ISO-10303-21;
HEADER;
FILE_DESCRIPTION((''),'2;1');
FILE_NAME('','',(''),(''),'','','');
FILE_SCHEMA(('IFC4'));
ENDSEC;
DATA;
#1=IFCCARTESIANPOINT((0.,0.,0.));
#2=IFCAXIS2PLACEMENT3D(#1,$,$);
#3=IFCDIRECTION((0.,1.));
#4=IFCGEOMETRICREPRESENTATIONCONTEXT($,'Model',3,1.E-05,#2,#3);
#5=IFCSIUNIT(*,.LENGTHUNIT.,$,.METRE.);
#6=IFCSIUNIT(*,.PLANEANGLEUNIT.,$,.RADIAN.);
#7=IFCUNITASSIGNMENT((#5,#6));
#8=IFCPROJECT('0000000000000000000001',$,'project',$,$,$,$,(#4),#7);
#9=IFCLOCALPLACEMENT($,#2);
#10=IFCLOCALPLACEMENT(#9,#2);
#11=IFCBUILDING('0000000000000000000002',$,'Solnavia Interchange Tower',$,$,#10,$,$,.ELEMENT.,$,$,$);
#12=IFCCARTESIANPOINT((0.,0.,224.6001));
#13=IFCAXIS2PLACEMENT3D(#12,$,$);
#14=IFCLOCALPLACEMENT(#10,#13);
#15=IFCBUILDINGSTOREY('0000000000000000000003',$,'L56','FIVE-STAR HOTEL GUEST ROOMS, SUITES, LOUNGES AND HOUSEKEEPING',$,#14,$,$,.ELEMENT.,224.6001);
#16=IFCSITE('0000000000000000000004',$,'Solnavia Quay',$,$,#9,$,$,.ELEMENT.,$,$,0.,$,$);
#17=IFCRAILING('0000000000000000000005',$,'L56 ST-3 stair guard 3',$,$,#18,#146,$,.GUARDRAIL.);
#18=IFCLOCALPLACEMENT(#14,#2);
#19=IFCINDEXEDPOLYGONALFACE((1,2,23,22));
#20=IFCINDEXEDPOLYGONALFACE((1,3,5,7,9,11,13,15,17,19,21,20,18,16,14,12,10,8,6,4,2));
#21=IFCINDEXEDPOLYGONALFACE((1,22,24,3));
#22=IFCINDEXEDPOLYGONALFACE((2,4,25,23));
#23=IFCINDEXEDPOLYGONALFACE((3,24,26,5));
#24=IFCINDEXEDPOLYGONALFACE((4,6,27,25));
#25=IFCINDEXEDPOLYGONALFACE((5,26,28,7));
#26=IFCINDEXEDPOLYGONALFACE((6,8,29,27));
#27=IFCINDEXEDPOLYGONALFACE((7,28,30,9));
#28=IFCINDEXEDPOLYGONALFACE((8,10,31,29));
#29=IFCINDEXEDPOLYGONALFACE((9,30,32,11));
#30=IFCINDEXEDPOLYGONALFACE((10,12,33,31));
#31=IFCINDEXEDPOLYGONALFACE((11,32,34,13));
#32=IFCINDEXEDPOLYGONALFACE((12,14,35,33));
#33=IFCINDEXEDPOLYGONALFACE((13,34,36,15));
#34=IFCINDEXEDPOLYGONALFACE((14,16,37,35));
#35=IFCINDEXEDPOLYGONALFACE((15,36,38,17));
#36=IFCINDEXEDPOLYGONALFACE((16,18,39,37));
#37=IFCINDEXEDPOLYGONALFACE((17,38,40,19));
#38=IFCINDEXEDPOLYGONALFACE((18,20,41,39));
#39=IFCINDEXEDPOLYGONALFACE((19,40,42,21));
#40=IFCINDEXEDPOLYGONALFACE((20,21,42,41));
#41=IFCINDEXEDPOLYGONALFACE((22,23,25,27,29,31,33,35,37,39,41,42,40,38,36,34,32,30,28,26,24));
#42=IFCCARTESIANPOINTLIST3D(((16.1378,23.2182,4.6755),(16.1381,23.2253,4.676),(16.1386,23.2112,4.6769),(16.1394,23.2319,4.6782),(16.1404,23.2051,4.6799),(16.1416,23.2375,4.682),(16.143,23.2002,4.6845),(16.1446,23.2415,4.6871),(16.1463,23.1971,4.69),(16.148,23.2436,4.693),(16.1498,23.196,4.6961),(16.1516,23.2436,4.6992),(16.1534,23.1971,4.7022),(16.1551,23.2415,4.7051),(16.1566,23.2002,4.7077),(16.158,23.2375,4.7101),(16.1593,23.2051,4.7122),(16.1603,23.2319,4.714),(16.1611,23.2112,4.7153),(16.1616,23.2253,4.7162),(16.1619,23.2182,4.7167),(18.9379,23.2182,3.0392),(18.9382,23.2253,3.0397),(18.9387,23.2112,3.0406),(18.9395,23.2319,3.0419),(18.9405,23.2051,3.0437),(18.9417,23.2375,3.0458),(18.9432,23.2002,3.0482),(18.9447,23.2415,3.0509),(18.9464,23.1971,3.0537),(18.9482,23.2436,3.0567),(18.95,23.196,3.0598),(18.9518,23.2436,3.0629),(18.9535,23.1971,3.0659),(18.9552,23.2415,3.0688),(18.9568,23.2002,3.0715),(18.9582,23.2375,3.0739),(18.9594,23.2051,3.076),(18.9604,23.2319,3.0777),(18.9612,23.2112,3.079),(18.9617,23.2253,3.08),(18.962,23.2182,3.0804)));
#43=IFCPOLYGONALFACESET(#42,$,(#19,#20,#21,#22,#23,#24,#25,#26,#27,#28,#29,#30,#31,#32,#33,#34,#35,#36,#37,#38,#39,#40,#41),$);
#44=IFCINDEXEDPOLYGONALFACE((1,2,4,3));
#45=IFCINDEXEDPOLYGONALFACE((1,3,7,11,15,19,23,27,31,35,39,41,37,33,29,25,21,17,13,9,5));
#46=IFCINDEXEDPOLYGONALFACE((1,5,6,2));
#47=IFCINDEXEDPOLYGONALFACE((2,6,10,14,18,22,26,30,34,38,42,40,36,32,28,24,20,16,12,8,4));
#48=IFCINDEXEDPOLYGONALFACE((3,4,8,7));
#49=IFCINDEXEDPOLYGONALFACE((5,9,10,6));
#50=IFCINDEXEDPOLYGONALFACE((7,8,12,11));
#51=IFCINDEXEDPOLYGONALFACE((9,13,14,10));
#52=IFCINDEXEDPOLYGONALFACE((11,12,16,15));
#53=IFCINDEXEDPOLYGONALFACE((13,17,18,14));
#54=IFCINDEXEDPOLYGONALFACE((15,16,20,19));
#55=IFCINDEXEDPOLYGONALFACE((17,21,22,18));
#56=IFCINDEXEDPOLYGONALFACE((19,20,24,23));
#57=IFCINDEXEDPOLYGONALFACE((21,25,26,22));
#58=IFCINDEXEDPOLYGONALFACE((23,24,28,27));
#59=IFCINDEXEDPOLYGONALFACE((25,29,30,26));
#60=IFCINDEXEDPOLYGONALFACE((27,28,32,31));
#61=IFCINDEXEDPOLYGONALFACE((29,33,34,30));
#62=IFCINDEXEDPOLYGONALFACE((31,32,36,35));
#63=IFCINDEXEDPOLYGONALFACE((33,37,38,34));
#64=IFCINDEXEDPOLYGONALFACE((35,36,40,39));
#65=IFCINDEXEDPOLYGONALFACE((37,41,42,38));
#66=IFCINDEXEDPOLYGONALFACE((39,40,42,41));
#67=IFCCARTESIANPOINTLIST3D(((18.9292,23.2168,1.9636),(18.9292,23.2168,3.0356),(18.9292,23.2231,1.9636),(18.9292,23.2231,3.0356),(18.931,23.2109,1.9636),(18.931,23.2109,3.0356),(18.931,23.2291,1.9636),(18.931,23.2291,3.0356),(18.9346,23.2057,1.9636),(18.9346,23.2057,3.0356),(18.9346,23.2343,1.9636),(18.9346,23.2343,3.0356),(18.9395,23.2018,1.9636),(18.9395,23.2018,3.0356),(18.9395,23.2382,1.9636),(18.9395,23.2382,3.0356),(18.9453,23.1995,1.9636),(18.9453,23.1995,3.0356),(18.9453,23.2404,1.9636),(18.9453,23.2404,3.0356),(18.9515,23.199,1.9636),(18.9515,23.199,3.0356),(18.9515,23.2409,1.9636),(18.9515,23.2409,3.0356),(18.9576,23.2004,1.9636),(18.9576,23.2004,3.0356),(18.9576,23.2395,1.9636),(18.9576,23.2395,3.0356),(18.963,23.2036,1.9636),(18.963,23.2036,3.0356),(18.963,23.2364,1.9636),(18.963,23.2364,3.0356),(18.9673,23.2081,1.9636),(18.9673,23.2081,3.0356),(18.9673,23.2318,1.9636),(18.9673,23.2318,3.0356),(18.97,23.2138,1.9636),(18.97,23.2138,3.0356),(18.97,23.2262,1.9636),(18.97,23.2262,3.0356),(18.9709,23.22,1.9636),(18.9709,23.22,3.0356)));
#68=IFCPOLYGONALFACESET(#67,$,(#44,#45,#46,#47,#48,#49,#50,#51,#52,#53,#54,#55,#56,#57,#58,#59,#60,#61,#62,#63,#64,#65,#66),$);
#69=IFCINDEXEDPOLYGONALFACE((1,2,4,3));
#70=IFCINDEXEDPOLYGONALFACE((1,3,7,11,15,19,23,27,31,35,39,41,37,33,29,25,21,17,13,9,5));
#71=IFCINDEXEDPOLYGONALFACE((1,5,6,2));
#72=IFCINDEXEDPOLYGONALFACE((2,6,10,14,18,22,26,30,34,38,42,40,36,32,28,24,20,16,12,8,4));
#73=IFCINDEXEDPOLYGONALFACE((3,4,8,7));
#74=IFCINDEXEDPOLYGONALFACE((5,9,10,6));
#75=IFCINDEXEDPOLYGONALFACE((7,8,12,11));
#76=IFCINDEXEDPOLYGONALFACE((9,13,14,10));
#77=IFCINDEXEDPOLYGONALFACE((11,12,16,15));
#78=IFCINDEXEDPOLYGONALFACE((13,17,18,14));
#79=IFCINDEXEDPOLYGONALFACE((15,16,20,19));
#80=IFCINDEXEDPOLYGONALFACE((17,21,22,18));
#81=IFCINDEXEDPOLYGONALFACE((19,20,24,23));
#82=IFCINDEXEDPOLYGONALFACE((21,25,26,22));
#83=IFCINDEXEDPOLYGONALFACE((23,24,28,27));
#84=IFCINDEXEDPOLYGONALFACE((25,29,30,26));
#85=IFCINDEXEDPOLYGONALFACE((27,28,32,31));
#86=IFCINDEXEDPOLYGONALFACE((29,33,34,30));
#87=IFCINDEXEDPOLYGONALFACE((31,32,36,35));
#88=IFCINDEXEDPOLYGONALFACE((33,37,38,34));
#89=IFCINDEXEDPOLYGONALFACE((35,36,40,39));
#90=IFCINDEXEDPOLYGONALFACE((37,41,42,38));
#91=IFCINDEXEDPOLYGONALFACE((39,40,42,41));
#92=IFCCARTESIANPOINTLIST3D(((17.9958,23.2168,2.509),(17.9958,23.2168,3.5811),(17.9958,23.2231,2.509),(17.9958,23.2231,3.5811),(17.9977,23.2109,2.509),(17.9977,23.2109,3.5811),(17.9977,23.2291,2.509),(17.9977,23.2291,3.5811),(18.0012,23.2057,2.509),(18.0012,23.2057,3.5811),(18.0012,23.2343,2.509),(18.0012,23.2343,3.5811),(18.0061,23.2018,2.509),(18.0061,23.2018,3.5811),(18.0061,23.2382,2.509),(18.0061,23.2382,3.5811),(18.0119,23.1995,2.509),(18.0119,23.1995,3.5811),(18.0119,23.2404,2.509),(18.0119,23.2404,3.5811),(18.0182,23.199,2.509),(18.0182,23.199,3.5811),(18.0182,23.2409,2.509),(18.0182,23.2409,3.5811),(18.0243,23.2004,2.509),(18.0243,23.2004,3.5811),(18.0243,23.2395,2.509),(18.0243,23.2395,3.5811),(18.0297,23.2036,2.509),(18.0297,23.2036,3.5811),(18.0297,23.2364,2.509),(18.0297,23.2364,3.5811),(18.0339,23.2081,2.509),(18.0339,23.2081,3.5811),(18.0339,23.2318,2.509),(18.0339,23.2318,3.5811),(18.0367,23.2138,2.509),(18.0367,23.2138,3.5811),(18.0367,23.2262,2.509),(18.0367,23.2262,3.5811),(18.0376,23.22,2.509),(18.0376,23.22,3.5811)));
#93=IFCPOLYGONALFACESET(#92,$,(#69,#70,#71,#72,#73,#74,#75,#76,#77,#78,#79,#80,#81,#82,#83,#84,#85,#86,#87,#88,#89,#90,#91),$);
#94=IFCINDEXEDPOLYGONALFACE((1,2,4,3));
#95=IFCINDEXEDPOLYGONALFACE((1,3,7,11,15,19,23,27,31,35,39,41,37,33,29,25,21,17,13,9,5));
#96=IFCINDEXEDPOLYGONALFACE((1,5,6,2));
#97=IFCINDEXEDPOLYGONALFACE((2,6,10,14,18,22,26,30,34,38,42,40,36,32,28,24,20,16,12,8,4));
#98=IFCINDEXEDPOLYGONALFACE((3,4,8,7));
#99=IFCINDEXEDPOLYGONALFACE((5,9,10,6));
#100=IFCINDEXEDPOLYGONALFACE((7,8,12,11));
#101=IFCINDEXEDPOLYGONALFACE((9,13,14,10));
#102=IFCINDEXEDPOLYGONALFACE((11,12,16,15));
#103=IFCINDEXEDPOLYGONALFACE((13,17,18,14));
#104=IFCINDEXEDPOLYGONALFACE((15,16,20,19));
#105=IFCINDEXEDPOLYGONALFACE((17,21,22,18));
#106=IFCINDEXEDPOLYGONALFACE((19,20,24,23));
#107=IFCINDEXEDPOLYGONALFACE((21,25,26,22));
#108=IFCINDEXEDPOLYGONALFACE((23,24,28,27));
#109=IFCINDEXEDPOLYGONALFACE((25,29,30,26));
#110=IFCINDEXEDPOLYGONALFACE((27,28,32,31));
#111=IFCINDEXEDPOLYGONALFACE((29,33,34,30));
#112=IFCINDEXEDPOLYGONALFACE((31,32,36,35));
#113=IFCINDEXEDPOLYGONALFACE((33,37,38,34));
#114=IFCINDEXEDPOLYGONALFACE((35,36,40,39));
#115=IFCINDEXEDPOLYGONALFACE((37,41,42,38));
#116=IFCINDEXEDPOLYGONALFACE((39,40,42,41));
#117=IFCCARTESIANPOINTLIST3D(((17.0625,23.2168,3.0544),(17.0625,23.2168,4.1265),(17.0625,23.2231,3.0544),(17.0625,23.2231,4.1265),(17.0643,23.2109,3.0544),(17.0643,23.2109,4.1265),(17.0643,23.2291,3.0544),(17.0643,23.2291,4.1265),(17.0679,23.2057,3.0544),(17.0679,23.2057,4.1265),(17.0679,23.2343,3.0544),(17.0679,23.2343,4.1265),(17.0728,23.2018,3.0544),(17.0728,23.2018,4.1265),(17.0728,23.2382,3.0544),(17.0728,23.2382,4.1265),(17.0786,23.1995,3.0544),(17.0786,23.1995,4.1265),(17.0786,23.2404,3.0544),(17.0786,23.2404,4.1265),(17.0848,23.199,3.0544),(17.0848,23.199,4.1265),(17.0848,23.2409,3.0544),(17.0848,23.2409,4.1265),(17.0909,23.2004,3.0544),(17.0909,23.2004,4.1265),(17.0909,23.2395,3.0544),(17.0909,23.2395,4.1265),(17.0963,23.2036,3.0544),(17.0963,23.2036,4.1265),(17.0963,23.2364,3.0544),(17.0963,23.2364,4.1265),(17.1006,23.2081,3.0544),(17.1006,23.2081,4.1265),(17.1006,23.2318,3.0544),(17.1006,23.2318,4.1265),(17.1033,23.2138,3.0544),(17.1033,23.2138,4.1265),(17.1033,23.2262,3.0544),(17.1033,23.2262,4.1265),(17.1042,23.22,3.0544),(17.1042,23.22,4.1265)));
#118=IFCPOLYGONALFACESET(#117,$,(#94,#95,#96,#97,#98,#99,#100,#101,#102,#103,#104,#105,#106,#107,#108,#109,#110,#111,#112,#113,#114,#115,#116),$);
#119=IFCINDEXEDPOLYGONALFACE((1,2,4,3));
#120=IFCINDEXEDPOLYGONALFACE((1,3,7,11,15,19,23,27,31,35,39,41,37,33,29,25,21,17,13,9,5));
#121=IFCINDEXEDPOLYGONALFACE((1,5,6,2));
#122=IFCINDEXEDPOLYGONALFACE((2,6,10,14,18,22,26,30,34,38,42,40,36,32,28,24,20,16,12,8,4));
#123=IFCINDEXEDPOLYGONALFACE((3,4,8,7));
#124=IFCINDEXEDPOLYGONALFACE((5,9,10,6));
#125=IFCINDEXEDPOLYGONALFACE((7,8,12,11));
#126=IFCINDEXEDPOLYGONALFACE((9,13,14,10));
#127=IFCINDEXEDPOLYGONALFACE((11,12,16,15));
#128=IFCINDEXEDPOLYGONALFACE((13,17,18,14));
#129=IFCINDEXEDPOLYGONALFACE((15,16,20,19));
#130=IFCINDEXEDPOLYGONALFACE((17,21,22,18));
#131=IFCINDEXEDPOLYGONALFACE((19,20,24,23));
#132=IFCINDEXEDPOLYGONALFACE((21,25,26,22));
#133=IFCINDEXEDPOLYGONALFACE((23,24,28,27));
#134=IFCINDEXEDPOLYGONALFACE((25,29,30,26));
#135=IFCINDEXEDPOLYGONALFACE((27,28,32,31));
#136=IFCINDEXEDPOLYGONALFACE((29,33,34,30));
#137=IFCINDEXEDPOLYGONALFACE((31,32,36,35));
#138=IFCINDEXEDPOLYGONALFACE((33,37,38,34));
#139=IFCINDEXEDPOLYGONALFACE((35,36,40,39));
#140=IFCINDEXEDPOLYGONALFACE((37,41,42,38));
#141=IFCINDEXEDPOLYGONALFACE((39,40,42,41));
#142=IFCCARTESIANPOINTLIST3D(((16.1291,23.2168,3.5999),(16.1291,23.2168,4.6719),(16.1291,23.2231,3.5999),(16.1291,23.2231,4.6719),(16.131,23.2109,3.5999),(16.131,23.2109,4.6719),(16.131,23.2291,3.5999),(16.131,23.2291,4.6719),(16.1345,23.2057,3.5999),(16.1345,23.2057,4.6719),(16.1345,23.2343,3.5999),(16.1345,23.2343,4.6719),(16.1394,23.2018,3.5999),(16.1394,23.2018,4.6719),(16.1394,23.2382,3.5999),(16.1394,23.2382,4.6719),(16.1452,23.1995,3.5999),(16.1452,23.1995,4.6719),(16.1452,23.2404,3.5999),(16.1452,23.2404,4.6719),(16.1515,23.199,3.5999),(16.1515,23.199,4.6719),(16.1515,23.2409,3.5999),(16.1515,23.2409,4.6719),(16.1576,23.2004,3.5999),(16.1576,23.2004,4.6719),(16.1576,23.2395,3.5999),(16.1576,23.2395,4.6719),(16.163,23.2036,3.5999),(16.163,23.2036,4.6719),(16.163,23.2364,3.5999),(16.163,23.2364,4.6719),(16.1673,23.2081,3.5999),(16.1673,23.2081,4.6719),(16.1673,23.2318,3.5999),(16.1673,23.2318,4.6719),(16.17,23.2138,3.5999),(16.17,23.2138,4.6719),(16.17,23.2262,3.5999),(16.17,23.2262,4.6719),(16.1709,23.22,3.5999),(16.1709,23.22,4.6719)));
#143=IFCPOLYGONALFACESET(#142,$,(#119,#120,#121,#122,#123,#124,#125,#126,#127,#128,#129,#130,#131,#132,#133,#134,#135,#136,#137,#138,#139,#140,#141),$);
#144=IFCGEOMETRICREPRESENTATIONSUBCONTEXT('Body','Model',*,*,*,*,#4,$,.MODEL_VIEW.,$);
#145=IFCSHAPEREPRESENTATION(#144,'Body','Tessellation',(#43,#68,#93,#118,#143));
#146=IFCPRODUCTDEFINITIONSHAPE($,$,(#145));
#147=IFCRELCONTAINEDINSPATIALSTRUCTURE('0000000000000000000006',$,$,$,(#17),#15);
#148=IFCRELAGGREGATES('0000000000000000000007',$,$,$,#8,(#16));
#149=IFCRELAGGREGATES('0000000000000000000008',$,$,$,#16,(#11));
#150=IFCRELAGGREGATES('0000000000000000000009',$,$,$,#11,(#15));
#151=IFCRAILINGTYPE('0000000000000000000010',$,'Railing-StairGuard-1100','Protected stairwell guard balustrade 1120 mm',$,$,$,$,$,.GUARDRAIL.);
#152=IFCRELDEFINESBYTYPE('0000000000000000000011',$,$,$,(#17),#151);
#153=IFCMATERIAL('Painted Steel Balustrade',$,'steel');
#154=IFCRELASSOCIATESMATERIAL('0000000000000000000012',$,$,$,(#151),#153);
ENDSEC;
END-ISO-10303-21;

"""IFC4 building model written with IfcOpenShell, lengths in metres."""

from ifc_helpers import new_model, si_unit, direction, frame, origin, origin_2d, place, context, subcontext, project, spatial, circle, extrude, material, type_object, element, save


model = new_model("IFC4")

# Units and contexts
model_context = context("Model", 3, precision=1e-05, world=origin(), true_north=direction((0.0, 1.0)))
body_context = subcontext(model_context, "Body", "Model", "MODEL_VIEW")
ifc_project = project(units=[si_unit("LENGTHUNIT", "METRE"), si_unit("PLANEANGLEUNIT", "RADIAN")], contexts=[model_context])

# Site, building, storey
site_placement = place(None, origin())
site = spatial("IfcSite", under=ifc_project, at=site_placement, Name="Solnavia Quay", CompositionType="ELEMENT", RefElevation=0.0)
building_placement = place(site_placement, origin())
building = spatial("IfcBuilding", under=site, at=building_placement, Name="Solnavia Interchange Tower", CompositionType="ELEMENT")
storey_placement = place(building_placement, frame((0.0, 0.0, 224.6001)))
storey = spatial("IfcBuildingStorey", under=building, at=storey_placement, Name="L56", Description="FIVE-STAR HOTEL GUEST ROOMS, SUITES, LOUNGES AND HOUSEKEEPING", CompositionType="ELEMENT", Elevation=224.6001)

# Railing
ifc_material_1 = material(Name="Painted Steel Balustrade", Category="steel")
railing_type_1 = type_object("IfcRailingType", Name="Railing-StairGuard-1100", Description="Protected stairwell guard balustrade 1120 mm", PredefinedType="GUARDRAIL", material=ifc_material_1)
railing_1_placement = place(storey_placement, frame((18.95, 23.22, 1.9636)))
element("IfcRailing", 1, at=railing_1_placement, inside=storey, type_object=railing_type_1, Name="L56 ST-3 stair guard 3", PredefinedType="GUARDRAIL", context=body_context, shape_type="SweptSolid", body=[
    extrude(circle(Radius=0.0239, at=origin_2d()), frame((0.0, 0.0, 1.0962), z_axis=(-0.863394, 0.0, 0.504531), x_axis=(0.0, -1.0, 0.0)), (0.0, 0.0, 1.0), 3.2432),
    extrude(circle(Radius=0.021, at=origin_2d()), origin(), (0.0, 0.0, 1.0), 1.072),
    extrude(circle(Radius=0.021, at=origin_2d()), frame((-0.9333, 0.0, 0.5454)), (0.0, 0.0, 1.0), 1.072),
    extrude(circle(Radius=0.021, at=origin_2d()), frame((-1.8667, 0.0, 1.0908)), (0.0, 0.0, 1.0), 1.072),
    extrude(circle(Radius=0.021, at=origin_2d()), frame((-2.8, 0.0, 1.6362)), (0.0, 0.0, 1.0), 1.072),
])

save(model, "model.ifc")
